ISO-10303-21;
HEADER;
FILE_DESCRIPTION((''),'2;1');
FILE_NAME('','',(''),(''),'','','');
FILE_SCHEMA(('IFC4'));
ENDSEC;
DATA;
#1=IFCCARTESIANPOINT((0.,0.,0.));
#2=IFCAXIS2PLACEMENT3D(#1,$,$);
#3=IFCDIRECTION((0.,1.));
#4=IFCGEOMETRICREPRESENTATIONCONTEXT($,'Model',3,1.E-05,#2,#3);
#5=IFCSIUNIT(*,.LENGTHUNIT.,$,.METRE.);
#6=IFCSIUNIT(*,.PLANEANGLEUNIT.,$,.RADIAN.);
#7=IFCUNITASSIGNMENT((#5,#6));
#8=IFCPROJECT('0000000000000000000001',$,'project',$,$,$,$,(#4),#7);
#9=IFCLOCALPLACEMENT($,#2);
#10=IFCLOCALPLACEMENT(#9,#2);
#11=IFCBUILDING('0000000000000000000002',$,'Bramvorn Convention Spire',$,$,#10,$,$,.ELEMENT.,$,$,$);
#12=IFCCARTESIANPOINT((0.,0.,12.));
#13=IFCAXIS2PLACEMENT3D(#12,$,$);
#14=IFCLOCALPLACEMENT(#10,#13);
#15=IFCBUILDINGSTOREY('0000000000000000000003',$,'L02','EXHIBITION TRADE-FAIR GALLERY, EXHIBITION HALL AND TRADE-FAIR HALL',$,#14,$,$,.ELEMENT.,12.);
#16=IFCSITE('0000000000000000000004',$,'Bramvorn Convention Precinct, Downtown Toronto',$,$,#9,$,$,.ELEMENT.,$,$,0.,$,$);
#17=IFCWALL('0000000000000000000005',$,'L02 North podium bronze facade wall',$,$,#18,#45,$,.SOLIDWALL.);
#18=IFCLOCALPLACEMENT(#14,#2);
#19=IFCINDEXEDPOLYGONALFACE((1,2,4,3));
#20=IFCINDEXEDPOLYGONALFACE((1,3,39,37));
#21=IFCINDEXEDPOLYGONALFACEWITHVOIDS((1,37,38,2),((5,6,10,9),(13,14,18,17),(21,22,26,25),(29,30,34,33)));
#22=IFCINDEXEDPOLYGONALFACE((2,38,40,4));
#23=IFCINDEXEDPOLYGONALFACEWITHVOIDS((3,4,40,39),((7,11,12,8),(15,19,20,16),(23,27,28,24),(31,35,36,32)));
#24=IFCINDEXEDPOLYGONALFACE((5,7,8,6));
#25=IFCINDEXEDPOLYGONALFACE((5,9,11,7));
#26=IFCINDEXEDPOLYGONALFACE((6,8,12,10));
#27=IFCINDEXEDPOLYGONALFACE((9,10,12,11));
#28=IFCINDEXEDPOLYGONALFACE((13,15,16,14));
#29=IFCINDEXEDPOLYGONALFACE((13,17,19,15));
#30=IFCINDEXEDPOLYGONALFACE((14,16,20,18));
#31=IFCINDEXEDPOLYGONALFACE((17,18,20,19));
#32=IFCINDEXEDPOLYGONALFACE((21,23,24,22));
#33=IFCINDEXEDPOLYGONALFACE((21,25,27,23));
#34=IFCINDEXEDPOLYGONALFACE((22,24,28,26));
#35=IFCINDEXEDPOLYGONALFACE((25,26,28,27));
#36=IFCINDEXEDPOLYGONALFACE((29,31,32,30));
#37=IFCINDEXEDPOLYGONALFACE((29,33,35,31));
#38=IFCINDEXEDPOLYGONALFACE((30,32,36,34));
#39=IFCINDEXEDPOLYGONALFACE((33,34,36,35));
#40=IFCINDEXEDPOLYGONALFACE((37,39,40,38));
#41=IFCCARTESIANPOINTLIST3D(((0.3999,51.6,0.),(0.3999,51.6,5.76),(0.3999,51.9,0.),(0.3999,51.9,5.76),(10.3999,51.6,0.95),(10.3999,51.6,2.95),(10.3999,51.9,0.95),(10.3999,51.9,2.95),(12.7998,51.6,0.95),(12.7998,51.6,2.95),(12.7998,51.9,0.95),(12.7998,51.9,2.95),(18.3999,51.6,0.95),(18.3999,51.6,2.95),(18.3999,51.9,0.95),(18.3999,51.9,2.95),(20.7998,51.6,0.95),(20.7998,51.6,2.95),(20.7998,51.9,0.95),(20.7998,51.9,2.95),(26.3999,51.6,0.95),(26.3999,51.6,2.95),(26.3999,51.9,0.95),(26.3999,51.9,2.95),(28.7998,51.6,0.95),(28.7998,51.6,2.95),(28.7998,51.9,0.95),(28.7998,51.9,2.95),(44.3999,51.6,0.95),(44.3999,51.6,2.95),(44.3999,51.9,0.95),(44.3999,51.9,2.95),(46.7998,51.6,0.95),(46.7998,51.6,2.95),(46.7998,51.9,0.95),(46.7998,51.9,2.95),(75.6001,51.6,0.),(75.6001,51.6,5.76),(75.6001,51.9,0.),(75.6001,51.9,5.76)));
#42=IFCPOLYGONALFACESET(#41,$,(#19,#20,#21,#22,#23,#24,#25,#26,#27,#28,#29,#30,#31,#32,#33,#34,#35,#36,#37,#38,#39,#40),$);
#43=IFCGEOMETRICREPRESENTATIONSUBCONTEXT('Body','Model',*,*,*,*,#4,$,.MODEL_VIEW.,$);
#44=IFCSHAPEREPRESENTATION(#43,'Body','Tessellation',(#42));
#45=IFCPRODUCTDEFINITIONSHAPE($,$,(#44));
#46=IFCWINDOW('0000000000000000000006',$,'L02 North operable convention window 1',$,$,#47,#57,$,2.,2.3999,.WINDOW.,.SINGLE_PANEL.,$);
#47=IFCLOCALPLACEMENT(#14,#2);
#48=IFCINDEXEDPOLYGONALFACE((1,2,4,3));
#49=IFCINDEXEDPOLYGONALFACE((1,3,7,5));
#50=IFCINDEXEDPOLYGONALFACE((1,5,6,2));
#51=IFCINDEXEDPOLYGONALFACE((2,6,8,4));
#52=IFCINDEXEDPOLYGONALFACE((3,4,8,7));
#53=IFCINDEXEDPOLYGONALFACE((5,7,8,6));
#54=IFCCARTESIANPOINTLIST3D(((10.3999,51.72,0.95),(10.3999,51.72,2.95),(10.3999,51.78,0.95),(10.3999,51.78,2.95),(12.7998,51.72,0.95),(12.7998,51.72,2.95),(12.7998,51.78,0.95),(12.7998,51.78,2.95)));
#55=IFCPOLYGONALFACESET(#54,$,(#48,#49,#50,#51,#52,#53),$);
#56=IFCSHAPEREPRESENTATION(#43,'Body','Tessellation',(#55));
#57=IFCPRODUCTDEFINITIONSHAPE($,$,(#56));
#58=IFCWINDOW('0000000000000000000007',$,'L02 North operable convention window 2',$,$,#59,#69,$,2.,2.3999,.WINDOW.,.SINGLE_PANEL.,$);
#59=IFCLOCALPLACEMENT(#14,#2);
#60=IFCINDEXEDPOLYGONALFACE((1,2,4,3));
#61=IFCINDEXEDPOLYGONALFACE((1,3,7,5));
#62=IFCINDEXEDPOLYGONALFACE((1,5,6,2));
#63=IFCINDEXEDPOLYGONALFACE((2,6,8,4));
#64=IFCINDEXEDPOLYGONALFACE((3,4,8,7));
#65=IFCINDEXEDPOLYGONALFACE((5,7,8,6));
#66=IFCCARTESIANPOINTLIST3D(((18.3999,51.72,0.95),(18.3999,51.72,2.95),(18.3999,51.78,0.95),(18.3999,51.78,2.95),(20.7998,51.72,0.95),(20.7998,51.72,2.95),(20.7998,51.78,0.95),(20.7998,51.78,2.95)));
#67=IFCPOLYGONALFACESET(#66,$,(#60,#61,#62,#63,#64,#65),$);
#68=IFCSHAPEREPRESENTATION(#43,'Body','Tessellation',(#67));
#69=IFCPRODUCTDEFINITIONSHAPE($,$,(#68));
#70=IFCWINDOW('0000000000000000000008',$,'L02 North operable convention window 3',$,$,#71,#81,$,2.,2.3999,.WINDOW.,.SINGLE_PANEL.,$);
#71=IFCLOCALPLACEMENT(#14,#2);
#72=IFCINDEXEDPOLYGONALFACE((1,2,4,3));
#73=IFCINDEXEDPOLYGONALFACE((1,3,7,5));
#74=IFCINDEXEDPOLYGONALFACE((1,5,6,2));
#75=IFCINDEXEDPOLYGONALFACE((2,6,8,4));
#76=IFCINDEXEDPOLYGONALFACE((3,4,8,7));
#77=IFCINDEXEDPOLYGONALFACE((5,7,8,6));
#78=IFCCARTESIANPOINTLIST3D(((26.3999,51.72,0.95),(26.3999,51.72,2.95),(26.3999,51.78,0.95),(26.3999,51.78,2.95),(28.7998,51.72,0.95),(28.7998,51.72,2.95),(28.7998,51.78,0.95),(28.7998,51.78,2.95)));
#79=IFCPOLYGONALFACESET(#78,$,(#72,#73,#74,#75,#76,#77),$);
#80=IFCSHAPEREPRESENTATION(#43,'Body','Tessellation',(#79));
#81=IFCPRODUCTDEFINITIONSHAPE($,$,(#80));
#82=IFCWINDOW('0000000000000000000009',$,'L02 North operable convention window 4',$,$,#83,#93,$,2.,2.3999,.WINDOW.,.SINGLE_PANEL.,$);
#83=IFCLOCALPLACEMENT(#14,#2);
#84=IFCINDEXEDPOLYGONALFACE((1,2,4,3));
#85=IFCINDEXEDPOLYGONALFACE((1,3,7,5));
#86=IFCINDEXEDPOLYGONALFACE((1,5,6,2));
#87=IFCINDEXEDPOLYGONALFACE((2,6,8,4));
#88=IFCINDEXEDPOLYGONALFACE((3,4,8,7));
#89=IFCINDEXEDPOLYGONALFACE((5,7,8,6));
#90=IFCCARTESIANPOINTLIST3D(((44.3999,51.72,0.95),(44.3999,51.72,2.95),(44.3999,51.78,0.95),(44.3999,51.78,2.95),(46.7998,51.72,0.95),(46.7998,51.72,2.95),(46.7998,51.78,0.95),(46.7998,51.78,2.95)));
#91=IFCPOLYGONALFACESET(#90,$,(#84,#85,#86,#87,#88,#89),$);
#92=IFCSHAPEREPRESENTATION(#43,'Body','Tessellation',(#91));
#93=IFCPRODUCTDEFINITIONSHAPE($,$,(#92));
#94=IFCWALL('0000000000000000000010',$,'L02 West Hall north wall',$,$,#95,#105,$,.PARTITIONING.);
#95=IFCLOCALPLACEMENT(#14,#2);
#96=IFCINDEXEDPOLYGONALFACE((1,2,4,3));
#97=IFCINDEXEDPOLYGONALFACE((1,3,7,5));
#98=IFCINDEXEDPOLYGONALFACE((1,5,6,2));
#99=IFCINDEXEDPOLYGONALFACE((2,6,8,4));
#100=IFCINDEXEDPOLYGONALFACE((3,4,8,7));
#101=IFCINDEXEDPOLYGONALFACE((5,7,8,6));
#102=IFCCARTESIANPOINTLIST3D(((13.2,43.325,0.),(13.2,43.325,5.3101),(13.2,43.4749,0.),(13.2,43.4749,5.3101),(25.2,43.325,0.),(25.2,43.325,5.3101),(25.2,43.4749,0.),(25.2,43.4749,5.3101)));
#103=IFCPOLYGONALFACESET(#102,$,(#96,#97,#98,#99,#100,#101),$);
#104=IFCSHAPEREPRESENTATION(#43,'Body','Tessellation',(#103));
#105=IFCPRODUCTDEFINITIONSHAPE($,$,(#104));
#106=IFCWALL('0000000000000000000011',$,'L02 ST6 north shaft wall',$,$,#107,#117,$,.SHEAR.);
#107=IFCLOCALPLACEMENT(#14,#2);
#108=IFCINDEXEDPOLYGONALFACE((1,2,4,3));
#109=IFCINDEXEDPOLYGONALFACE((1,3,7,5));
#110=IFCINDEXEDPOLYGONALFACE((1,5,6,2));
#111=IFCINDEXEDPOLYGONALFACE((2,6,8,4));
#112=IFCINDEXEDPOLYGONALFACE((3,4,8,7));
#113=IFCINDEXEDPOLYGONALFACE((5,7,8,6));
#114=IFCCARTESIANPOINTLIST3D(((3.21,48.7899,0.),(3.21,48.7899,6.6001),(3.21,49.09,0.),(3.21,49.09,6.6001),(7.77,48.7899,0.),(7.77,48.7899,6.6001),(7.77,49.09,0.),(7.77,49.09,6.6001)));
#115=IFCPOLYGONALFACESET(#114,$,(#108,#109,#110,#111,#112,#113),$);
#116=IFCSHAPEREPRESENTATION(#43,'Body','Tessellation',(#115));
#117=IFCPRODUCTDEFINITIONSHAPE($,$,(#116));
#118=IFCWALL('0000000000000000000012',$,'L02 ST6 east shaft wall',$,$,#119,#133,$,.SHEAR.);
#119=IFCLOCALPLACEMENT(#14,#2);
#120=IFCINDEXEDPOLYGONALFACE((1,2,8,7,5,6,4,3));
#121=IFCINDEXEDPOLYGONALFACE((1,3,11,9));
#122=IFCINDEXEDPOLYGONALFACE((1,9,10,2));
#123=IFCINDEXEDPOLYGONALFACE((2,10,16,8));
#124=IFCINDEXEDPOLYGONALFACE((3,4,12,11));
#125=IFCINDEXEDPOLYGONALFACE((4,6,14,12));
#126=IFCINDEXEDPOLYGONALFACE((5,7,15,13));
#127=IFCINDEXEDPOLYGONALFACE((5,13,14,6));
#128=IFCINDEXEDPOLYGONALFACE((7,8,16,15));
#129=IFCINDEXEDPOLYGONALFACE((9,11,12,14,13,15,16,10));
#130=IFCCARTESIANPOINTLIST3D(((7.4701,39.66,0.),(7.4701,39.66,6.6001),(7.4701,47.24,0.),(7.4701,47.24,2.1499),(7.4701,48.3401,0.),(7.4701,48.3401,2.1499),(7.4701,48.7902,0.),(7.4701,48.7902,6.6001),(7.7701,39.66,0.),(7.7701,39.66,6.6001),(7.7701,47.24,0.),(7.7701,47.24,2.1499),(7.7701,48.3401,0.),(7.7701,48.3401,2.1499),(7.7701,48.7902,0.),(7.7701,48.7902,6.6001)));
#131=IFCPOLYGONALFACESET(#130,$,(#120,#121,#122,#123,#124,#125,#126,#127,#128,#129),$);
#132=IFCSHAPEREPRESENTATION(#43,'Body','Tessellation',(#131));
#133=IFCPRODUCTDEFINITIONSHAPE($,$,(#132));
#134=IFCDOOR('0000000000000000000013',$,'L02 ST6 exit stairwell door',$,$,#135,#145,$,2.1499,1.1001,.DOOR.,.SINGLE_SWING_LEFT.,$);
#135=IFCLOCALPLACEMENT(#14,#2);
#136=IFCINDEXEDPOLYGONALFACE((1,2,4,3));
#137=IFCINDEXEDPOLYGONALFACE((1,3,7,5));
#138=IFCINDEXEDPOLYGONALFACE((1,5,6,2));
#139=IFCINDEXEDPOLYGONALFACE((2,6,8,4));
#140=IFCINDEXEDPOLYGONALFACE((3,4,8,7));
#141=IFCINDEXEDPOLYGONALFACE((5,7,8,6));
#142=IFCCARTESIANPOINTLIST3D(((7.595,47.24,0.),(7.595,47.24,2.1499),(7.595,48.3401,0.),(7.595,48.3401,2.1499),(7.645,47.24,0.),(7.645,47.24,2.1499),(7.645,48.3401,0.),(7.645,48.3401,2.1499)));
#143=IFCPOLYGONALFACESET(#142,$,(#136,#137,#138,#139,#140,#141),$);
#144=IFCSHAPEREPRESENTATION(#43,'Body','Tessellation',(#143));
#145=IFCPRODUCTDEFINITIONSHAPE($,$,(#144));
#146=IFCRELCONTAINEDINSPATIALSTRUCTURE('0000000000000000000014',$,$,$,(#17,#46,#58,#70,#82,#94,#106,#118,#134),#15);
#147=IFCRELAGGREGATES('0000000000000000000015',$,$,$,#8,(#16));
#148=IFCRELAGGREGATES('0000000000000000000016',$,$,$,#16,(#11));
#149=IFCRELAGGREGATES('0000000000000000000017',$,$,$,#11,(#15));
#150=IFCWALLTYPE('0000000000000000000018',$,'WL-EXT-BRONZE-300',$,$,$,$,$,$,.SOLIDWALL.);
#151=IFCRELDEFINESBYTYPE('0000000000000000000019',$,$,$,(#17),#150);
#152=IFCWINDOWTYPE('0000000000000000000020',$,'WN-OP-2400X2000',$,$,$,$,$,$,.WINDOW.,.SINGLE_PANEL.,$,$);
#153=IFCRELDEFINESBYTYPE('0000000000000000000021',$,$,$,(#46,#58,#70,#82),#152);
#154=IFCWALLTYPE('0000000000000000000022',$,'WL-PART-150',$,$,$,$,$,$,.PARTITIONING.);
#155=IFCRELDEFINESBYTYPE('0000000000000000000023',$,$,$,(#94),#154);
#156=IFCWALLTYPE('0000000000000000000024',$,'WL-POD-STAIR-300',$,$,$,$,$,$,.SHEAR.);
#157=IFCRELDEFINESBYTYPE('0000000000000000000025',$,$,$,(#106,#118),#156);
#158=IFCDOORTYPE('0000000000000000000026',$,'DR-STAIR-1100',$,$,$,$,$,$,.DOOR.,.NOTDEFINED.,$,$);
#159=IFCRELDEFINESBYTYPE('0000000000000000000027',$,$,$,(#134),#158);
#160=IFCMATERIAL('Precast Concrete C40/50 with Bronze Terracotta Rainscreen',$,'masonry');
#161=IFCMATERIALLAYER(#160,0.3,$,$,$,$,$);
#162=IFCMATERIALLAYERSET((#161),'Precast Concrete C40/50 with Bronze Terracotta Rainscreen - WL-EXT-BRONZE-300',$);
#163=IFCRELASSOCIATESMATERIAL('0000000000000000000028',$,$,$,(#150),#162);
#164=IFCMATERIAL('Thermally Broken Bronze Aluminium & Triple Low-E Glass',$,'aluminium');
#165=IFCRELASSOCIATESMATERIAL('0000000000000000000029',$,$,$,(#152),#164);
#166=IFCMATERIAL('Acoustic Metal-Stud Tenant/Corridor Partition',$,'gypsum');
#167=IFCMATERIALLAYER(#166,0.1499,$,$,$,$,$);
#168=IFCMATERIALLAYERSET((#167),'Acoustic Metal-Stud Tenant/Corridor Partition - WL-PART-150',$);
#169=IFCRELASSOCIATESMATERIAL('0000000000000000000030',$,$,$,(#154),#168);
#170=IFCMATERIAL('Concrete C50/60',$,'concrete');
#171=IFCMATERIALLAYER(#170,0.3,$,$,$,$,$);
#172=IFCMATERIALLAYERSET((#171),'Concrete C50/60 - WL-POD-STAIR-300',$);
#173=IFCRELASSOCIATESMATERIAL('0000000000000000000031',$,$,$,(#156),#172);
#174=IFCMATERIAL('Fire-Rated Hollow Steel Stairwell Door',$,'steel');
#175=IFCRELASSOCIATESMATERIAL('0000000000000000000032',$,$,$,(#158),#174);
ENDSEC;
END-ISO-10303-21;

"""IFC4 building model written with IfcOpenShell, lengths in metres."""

from ifc_helpers import new_model, si_unit, direction, frame, frame_2d, origin, place, context, subcontext, project, spatial, rectangle, extrude, material, layer, layer_set, type_object, element, fill, save


model = new_model("IFC4")

# Units and contexts
model_context = context("Model", 3, precision=1e-05, world=origin(), true_north=direction((0.0, 1.0)))
body_context = subcontext(model_context, "Body", "Model", "MODEL_VIEW")
ifc_project = project(units=[si_unit("LENGTHUNIT", "METRE"), si_unit("PLANEANGLEUNIT", "RADIAN")], contexts=[model_context])

# Site, building, storey
site_placement = place(None, origin())
site = spatial("IfcSite", under=ifc_project, at=site_placement, Name="Bramvorn Convention Precinct, Downtown Toronto", CompositionType="ELEMENT", RefElevation=0.0)
building_placement = place(site_placement, origin())
building = spatial("IfcBuilding", under=site, at=building_placement, Name="Bramvorn Convention Spire", CompositionType="ELEMENT")
storey_placement = place(building_placement, frame((0.0, 0.0, 12.0)))
storey = spatial("IfcBuildingStorey", under=building, at=storey_placement, Name="L02", Description="EXHIBITION TRADE-FAIR GALLERY, EXHIBITION HALL AND TRADE-FAIR HALL", CompositionType="ELEMENT", Elevation=12.0)

# Wall, openings, windows
ifc_material_1 = material(Name="Precast Concrete C40/50 with Bronze Terracotta Rainscreen", Category="masonry")
ifc_layer_1 = layer(ifc_material_1, 0.3)
ifc_layer_set_1 = layer_set([ifc_layer_1], Name="Precast Concrete C40/50 with Bronze Terracotta Rainscreen - WL-EXT-BRONZE-300")
wall_type_1 = type_object("IfcWallType", Name="WL-EXT-BRONZE-300", PredefinedType="SOLIDWALL", material=ifc_layer_set_1)
wall_1_placement = place(storey_placement, frame((0.3999, 51.75, 0.0), z_axis=(0.0, 0.0, 1.0), x_axis=(1.0, 0.0, 0.0)))
wall_1 = element("IfcWall", 1, at=wall_1_placement, inside=storey, type_object=wall_type_1, Name="L02 North podium bronze facade wall", PredefinedType="SOLIDWALL", context=body_context, shape_type="SweptSolid", body=[
    extrude(rectangle(XDim=75.2002, YDim=0.3, at=frame_2d((37.6001, 0.0))), origin(), (0.0, 0.0, 1.0), 5.76),
])
opening_1_placement = place(wall_1_placement, frame((10.0, 0.0, 0.95)))
opening_1 = element("IfcOpeningElement", 2, at=opening_1_placement, cuts=wall_1, PredefinedType="OPENING", context=body_context, shape_type="SweptSolid", body=[
    extrude(rectangle(XDim=2.3999, YDim=2.0, at=frame_2d((1.2, 1.0))), frame((0.0, 0.1599, 0.0), z_axis=(0.0, -1.0, 0.0), x_axis=(1.0, 0.0, 0.0)), (0.0, 0.0, 1.0), 0.3201),
])
opening_2_placement = place(wall_1_placement, frame((18.0, 0.0, 0.95)))
opening_2 = element("IfcOpeningElement", 3, at=opening_2_placement, cuts=wall_1, PredefinedType="OPENING", context=body_context, shape_type="SweptSolid", body=[
    extrude(rectangle(XDim=2.3999, YDim=2.0, at=frame_2d((1.2, 1.0))), frame((0.0, 0.1599, 0.0), z_axis=(0.0, -1.0, 0.0), x_axis=(1.0, 0.0, 0.0)), (0.0, 0.0, 1.0), 0.3201),
])
opening_3_placement = place(wall_1_placement, frame((26.0, 0.0, 0.95)))
opening_3 = element("IfcOpeningElement", 4, at=opening_3_placement, cuts=wall_1, PredefinedType="OPENING", context=body_context, shape_type="SweptSolid", body=[
    extrude(rectangle(XDim=2.3999, YDim=2.0, at=frame_2d((1.2, 1.0))), frame((0.0, 0.1599, 0.0), z_axis=(0.0, -1.0, 0.0), x_axis=(1.0, 0.0, 0.0)), (0.0, 0.0, 1.0), 0.3201),
])
opening_4_placement = place(wall_1_placement, frame((44.0, 0.0, 0.95)))
opening_4 = element("IfcOpeningElement", 5, at=opening_4_placement, cuts=wall_1, PredefinedType="OPENING", context=body_context, shape_type="SweptSolid", body=[
    extrude(rectangle(XDim=2.3999, YDim=2.0, at=frame_2d((1.2, 1.0))), frame((0.0, 0.1599, 0.0), z_axis=(0.0, -1.0, 0.0), x_axis=(1.0, 0.0, 0.0)), (0.0, 0.0, 1.0), 0.3201),
])
ifc_material_2 = material(Name="Thermally Broken Bronze Aluminium & Triple Low-E Glass", Category="aluminium")
window_type = type_object("IfcWindowType", Name="WN-OP-2400X2000", PartitioningType="SINGLE_PANEL", PredefinedType="WINDOW", material=ifc_material_2)
window_1_placement = place(opening_1_placement, origin())
window_1 = element("IfcWindow", 6, at=window_1_placement, inside=storey, type_object=window_type, Name="L02 North operable convention window 1", OverallHeight=2.0, OverallWidth=2.3999, PartitioningType="SINGLE_PANEL", PredefinedType="WINDOW", context=body_context, shape_type="SweptSolid", body=[
    extrude(rectangle(XDim=2.3999, YDim=2.0, at=frame_2d((1.2, 1.0))), frame((0.0, 0.03, 0.0), z_axis=(0.0, -1.0, 0.0), x_axis=(1.0, 0.0, 0.0)), (0.0, 0.0, 1.0), 0.0601),
])
fill(opening_1, window_1)
window_2_placement = place(opening_2_placement, origin())
window_2 = element("IfcWindow", 7, at=window_2_placement, inside=storey, type_object=window_type, Name="L02 North operable convention window 2", OverallHeight=2.0, OverallWidth=2.3999, PartitioningType="SINGLE_PANEL", PredefinedType="WINDOW", context=body_context, shape_type="SweptSolid", body=[
    extrude(rectangle(XDim=2.3999, YDim=2.0, at=frame_2d((1.2, 1.0))), frame((0.0, 0.03, 0.0), z_axis=(0.0, -1.0, 0.0), x_axis=(1.0, 0.0, 0.0)), (0.0, 0.0, 1.0), 0.0601),
])
fill(opening_2, window_2)
window_3_placement = place(opening_3_placement, origin())
window_3 = element("IfcWindow", 8, at=window_3_placement, inside=storey, type_object=window_type, Name="L02 North operable convention window 3", OverallHeight=2.0, OverallWidth=2.3999, PartitioningType="SINGLE_PANEL", PredefinedType="WINDOW", context=body_context, shape_type="SweptSolid", body=[
    extrude(rectangle(XDim=2.3999, YDim=2.0, at=frame_2d((1.2, 1.0))), frame((0.0, 0.03, 0.0), z_axis=(0.0, -1.0, 0.0), x_axis=(1.0, 0.0, 0.0)), (0.0, 0.0, 1.0), 0.0601),
])
fill(opening_3, window_3)
window_4_placement = place(opening_4_placement, origin())
window_4 = element("IfcWindow", 9, at=window_4_placement, inside=storey, type_object=window_type, Name="L02 North operable convention window 4", OverallHeight=2.0, OverallWidth=2.3999, PartitioningType="SINGLE_PANEL", PredefinedType="WINDOW", context=body_context, shape_type="SweptSolid", body=[
    extrude(rectangle(XDim=2.3999, YDim=2.0, at=frame_2d((1.2, 1.0))), frame((0.0, 0.03, 0.0), z_axis=(0.0, -1.0, 0.0), x_axis=(1.0, 0.0, 0.0)), (0.0, 0.0, 1.0), 0.0601),
])
fill(opening_4, window_4)

# Walls
ifc_material_3 = material(Name="Acoustic Metal-Stud Tenant/Corridor Partition", Category="gypsum")
ifc_layer_2 = layer(ifc_material_3, 0.1499)
ifc_layer_set_2 = layer_set([ifc_layer_2], Name="Acoustic Metal-Stud Tenant/Corridor Partition - WL-PART-150")
wall_type_2 = type_object("IfcWallType", Name="WL-PART-150", PredefinedType="PARTITIONING", material=ifc_layer_set_2)
wall_2_placement = place(storey_placement, frame((13.2, 43.3999, 0.0), z_axis=(0.0, 0.0, 1.0), x_axis=(1.0, 0.0, 0.0)))
element("IfcWall", 10, at=wall_2_placement, inside=storey, type_object=wall_type_2, Name="L02 West Hall north wall", PredefinedType="PARTITIONING", context=body_context, shape_type="SweptSolid", body=[
    extrude(rectangle(XDim=12.0, YDim=0.1499, at=frame_2d((6.0, 0.0))), origin(), (0.0, 0.0, 1.0), 5.3101),
])
ifc_material_4 = material(Name="Concrete C50/60", Category="concrete")
ifc_layer_3 = layer(ifc_material_4, 0.3)
ifc_layer_set_3 = layer_set([ifc_layer_3], Name="Concrete C50/60 - WL-POD-STAIR-300")
wall_type_3 = type_object("IfcWallType", Name="WL-POD-STAIR-300", PredefinedType="SHEAR", material=ifc_layer_set_3)
wall_3_placement = place(storey_placement, frame((3.21, 48.9399, 0.0), z_axis=(0.0, 0.0, 1.0), x_axis=(1.0, 0.0, 0.0)))
element("IfcWall", 11, at=wall_3_placement, inside=storey, type_object=wall_type_3, Name="L02 ST6 north shaft wall", PredefinedType="SHEAR", context=body_context, shape_type="SweptSolid", body=[
    extrude(rectangle(XDim=4.5601, YDim=0.3, at=frame_2d((2.28, 0.0))), origin(), (0.0, 0.0, 1.0), 6.6001),
])

# Wall, opening, door
wall_4_placement = place(storey_placement, frame((7.6201, 48.79, 0.0), z_axis=(0.0, 0.0, 1.0), x_axis=(0.0, -1.0, 0.0)))
wall_4 = element("IfcWall", 12, at=wall_4_placement, inside=storey, type_object=wall_type_3, Name="L02 ST6 east shaft wall", PredefinedType="SHEAR", context=body_context, shape_type="SweptSolid", body=[
    extrude(rectangle(XDim=9.1301, YDim=0.3, at=frame_2d((4.5649, 0.0))), origin(), (0.0, 0.0, 1.0), 6.6001),
])
opening_5_placement = place(wall_4_placement, frame((0.45, 0.0, 0.0)))
opening_5 = element("IfcOpeningElement", 13, at=opening_5_placement, cuts=wall_4, PredefinedType="OPENING", context=body_context, shape_type="SweptSolid", body=[
    extrude(rectangle(XDim=1.1001, YDim=2.1499, at=frame_2d((0.55, 1.075))), frame((0.0, 0.1599, 0.0), z_axis=(0.0, -1.0, 0.0), x_axis=(1.0, 0.0, 0.0)), (0.0, 0.0, 1.0), 0.3201),
])
ifc_material_5 = material(Name="Fire-Rated Hollow Steel Stairwell Door", Category="steel")
door_type = type_object("IfcDoorType", Name="DR-STAIR-1100", OperationType="NOTDEFINED", PredefinedType="DOOR", material=ifc_material_5)
door_placement = place(opening_5_placement, origin())
door = element("IfcDoor", 14, at=door_placement, inside=storey, type_object=door_type, Name="L02 ST6 exit stairwell door", OperationType="SINGLE_SWING_LEFT", OverallHeight=2.1499, OverallWidth=1.1001, PredefinedType="DOOR", context=body_context, shape_type="SweptSolid", body=[
    extrude(rectangle(XDim=1.1001, YDim=2.1499, at=frame_2d((0.55, 1.075))), frame((0.0, 0.0249, 0.0), z_axis=(0.0, -1.0, 0.0), x_axis=(1.0, 0.0, 0.0)), (0.0, 0.0, 1.0), 0.05),
])
fill(opening_5, door)

save(model, "model.ifc")
